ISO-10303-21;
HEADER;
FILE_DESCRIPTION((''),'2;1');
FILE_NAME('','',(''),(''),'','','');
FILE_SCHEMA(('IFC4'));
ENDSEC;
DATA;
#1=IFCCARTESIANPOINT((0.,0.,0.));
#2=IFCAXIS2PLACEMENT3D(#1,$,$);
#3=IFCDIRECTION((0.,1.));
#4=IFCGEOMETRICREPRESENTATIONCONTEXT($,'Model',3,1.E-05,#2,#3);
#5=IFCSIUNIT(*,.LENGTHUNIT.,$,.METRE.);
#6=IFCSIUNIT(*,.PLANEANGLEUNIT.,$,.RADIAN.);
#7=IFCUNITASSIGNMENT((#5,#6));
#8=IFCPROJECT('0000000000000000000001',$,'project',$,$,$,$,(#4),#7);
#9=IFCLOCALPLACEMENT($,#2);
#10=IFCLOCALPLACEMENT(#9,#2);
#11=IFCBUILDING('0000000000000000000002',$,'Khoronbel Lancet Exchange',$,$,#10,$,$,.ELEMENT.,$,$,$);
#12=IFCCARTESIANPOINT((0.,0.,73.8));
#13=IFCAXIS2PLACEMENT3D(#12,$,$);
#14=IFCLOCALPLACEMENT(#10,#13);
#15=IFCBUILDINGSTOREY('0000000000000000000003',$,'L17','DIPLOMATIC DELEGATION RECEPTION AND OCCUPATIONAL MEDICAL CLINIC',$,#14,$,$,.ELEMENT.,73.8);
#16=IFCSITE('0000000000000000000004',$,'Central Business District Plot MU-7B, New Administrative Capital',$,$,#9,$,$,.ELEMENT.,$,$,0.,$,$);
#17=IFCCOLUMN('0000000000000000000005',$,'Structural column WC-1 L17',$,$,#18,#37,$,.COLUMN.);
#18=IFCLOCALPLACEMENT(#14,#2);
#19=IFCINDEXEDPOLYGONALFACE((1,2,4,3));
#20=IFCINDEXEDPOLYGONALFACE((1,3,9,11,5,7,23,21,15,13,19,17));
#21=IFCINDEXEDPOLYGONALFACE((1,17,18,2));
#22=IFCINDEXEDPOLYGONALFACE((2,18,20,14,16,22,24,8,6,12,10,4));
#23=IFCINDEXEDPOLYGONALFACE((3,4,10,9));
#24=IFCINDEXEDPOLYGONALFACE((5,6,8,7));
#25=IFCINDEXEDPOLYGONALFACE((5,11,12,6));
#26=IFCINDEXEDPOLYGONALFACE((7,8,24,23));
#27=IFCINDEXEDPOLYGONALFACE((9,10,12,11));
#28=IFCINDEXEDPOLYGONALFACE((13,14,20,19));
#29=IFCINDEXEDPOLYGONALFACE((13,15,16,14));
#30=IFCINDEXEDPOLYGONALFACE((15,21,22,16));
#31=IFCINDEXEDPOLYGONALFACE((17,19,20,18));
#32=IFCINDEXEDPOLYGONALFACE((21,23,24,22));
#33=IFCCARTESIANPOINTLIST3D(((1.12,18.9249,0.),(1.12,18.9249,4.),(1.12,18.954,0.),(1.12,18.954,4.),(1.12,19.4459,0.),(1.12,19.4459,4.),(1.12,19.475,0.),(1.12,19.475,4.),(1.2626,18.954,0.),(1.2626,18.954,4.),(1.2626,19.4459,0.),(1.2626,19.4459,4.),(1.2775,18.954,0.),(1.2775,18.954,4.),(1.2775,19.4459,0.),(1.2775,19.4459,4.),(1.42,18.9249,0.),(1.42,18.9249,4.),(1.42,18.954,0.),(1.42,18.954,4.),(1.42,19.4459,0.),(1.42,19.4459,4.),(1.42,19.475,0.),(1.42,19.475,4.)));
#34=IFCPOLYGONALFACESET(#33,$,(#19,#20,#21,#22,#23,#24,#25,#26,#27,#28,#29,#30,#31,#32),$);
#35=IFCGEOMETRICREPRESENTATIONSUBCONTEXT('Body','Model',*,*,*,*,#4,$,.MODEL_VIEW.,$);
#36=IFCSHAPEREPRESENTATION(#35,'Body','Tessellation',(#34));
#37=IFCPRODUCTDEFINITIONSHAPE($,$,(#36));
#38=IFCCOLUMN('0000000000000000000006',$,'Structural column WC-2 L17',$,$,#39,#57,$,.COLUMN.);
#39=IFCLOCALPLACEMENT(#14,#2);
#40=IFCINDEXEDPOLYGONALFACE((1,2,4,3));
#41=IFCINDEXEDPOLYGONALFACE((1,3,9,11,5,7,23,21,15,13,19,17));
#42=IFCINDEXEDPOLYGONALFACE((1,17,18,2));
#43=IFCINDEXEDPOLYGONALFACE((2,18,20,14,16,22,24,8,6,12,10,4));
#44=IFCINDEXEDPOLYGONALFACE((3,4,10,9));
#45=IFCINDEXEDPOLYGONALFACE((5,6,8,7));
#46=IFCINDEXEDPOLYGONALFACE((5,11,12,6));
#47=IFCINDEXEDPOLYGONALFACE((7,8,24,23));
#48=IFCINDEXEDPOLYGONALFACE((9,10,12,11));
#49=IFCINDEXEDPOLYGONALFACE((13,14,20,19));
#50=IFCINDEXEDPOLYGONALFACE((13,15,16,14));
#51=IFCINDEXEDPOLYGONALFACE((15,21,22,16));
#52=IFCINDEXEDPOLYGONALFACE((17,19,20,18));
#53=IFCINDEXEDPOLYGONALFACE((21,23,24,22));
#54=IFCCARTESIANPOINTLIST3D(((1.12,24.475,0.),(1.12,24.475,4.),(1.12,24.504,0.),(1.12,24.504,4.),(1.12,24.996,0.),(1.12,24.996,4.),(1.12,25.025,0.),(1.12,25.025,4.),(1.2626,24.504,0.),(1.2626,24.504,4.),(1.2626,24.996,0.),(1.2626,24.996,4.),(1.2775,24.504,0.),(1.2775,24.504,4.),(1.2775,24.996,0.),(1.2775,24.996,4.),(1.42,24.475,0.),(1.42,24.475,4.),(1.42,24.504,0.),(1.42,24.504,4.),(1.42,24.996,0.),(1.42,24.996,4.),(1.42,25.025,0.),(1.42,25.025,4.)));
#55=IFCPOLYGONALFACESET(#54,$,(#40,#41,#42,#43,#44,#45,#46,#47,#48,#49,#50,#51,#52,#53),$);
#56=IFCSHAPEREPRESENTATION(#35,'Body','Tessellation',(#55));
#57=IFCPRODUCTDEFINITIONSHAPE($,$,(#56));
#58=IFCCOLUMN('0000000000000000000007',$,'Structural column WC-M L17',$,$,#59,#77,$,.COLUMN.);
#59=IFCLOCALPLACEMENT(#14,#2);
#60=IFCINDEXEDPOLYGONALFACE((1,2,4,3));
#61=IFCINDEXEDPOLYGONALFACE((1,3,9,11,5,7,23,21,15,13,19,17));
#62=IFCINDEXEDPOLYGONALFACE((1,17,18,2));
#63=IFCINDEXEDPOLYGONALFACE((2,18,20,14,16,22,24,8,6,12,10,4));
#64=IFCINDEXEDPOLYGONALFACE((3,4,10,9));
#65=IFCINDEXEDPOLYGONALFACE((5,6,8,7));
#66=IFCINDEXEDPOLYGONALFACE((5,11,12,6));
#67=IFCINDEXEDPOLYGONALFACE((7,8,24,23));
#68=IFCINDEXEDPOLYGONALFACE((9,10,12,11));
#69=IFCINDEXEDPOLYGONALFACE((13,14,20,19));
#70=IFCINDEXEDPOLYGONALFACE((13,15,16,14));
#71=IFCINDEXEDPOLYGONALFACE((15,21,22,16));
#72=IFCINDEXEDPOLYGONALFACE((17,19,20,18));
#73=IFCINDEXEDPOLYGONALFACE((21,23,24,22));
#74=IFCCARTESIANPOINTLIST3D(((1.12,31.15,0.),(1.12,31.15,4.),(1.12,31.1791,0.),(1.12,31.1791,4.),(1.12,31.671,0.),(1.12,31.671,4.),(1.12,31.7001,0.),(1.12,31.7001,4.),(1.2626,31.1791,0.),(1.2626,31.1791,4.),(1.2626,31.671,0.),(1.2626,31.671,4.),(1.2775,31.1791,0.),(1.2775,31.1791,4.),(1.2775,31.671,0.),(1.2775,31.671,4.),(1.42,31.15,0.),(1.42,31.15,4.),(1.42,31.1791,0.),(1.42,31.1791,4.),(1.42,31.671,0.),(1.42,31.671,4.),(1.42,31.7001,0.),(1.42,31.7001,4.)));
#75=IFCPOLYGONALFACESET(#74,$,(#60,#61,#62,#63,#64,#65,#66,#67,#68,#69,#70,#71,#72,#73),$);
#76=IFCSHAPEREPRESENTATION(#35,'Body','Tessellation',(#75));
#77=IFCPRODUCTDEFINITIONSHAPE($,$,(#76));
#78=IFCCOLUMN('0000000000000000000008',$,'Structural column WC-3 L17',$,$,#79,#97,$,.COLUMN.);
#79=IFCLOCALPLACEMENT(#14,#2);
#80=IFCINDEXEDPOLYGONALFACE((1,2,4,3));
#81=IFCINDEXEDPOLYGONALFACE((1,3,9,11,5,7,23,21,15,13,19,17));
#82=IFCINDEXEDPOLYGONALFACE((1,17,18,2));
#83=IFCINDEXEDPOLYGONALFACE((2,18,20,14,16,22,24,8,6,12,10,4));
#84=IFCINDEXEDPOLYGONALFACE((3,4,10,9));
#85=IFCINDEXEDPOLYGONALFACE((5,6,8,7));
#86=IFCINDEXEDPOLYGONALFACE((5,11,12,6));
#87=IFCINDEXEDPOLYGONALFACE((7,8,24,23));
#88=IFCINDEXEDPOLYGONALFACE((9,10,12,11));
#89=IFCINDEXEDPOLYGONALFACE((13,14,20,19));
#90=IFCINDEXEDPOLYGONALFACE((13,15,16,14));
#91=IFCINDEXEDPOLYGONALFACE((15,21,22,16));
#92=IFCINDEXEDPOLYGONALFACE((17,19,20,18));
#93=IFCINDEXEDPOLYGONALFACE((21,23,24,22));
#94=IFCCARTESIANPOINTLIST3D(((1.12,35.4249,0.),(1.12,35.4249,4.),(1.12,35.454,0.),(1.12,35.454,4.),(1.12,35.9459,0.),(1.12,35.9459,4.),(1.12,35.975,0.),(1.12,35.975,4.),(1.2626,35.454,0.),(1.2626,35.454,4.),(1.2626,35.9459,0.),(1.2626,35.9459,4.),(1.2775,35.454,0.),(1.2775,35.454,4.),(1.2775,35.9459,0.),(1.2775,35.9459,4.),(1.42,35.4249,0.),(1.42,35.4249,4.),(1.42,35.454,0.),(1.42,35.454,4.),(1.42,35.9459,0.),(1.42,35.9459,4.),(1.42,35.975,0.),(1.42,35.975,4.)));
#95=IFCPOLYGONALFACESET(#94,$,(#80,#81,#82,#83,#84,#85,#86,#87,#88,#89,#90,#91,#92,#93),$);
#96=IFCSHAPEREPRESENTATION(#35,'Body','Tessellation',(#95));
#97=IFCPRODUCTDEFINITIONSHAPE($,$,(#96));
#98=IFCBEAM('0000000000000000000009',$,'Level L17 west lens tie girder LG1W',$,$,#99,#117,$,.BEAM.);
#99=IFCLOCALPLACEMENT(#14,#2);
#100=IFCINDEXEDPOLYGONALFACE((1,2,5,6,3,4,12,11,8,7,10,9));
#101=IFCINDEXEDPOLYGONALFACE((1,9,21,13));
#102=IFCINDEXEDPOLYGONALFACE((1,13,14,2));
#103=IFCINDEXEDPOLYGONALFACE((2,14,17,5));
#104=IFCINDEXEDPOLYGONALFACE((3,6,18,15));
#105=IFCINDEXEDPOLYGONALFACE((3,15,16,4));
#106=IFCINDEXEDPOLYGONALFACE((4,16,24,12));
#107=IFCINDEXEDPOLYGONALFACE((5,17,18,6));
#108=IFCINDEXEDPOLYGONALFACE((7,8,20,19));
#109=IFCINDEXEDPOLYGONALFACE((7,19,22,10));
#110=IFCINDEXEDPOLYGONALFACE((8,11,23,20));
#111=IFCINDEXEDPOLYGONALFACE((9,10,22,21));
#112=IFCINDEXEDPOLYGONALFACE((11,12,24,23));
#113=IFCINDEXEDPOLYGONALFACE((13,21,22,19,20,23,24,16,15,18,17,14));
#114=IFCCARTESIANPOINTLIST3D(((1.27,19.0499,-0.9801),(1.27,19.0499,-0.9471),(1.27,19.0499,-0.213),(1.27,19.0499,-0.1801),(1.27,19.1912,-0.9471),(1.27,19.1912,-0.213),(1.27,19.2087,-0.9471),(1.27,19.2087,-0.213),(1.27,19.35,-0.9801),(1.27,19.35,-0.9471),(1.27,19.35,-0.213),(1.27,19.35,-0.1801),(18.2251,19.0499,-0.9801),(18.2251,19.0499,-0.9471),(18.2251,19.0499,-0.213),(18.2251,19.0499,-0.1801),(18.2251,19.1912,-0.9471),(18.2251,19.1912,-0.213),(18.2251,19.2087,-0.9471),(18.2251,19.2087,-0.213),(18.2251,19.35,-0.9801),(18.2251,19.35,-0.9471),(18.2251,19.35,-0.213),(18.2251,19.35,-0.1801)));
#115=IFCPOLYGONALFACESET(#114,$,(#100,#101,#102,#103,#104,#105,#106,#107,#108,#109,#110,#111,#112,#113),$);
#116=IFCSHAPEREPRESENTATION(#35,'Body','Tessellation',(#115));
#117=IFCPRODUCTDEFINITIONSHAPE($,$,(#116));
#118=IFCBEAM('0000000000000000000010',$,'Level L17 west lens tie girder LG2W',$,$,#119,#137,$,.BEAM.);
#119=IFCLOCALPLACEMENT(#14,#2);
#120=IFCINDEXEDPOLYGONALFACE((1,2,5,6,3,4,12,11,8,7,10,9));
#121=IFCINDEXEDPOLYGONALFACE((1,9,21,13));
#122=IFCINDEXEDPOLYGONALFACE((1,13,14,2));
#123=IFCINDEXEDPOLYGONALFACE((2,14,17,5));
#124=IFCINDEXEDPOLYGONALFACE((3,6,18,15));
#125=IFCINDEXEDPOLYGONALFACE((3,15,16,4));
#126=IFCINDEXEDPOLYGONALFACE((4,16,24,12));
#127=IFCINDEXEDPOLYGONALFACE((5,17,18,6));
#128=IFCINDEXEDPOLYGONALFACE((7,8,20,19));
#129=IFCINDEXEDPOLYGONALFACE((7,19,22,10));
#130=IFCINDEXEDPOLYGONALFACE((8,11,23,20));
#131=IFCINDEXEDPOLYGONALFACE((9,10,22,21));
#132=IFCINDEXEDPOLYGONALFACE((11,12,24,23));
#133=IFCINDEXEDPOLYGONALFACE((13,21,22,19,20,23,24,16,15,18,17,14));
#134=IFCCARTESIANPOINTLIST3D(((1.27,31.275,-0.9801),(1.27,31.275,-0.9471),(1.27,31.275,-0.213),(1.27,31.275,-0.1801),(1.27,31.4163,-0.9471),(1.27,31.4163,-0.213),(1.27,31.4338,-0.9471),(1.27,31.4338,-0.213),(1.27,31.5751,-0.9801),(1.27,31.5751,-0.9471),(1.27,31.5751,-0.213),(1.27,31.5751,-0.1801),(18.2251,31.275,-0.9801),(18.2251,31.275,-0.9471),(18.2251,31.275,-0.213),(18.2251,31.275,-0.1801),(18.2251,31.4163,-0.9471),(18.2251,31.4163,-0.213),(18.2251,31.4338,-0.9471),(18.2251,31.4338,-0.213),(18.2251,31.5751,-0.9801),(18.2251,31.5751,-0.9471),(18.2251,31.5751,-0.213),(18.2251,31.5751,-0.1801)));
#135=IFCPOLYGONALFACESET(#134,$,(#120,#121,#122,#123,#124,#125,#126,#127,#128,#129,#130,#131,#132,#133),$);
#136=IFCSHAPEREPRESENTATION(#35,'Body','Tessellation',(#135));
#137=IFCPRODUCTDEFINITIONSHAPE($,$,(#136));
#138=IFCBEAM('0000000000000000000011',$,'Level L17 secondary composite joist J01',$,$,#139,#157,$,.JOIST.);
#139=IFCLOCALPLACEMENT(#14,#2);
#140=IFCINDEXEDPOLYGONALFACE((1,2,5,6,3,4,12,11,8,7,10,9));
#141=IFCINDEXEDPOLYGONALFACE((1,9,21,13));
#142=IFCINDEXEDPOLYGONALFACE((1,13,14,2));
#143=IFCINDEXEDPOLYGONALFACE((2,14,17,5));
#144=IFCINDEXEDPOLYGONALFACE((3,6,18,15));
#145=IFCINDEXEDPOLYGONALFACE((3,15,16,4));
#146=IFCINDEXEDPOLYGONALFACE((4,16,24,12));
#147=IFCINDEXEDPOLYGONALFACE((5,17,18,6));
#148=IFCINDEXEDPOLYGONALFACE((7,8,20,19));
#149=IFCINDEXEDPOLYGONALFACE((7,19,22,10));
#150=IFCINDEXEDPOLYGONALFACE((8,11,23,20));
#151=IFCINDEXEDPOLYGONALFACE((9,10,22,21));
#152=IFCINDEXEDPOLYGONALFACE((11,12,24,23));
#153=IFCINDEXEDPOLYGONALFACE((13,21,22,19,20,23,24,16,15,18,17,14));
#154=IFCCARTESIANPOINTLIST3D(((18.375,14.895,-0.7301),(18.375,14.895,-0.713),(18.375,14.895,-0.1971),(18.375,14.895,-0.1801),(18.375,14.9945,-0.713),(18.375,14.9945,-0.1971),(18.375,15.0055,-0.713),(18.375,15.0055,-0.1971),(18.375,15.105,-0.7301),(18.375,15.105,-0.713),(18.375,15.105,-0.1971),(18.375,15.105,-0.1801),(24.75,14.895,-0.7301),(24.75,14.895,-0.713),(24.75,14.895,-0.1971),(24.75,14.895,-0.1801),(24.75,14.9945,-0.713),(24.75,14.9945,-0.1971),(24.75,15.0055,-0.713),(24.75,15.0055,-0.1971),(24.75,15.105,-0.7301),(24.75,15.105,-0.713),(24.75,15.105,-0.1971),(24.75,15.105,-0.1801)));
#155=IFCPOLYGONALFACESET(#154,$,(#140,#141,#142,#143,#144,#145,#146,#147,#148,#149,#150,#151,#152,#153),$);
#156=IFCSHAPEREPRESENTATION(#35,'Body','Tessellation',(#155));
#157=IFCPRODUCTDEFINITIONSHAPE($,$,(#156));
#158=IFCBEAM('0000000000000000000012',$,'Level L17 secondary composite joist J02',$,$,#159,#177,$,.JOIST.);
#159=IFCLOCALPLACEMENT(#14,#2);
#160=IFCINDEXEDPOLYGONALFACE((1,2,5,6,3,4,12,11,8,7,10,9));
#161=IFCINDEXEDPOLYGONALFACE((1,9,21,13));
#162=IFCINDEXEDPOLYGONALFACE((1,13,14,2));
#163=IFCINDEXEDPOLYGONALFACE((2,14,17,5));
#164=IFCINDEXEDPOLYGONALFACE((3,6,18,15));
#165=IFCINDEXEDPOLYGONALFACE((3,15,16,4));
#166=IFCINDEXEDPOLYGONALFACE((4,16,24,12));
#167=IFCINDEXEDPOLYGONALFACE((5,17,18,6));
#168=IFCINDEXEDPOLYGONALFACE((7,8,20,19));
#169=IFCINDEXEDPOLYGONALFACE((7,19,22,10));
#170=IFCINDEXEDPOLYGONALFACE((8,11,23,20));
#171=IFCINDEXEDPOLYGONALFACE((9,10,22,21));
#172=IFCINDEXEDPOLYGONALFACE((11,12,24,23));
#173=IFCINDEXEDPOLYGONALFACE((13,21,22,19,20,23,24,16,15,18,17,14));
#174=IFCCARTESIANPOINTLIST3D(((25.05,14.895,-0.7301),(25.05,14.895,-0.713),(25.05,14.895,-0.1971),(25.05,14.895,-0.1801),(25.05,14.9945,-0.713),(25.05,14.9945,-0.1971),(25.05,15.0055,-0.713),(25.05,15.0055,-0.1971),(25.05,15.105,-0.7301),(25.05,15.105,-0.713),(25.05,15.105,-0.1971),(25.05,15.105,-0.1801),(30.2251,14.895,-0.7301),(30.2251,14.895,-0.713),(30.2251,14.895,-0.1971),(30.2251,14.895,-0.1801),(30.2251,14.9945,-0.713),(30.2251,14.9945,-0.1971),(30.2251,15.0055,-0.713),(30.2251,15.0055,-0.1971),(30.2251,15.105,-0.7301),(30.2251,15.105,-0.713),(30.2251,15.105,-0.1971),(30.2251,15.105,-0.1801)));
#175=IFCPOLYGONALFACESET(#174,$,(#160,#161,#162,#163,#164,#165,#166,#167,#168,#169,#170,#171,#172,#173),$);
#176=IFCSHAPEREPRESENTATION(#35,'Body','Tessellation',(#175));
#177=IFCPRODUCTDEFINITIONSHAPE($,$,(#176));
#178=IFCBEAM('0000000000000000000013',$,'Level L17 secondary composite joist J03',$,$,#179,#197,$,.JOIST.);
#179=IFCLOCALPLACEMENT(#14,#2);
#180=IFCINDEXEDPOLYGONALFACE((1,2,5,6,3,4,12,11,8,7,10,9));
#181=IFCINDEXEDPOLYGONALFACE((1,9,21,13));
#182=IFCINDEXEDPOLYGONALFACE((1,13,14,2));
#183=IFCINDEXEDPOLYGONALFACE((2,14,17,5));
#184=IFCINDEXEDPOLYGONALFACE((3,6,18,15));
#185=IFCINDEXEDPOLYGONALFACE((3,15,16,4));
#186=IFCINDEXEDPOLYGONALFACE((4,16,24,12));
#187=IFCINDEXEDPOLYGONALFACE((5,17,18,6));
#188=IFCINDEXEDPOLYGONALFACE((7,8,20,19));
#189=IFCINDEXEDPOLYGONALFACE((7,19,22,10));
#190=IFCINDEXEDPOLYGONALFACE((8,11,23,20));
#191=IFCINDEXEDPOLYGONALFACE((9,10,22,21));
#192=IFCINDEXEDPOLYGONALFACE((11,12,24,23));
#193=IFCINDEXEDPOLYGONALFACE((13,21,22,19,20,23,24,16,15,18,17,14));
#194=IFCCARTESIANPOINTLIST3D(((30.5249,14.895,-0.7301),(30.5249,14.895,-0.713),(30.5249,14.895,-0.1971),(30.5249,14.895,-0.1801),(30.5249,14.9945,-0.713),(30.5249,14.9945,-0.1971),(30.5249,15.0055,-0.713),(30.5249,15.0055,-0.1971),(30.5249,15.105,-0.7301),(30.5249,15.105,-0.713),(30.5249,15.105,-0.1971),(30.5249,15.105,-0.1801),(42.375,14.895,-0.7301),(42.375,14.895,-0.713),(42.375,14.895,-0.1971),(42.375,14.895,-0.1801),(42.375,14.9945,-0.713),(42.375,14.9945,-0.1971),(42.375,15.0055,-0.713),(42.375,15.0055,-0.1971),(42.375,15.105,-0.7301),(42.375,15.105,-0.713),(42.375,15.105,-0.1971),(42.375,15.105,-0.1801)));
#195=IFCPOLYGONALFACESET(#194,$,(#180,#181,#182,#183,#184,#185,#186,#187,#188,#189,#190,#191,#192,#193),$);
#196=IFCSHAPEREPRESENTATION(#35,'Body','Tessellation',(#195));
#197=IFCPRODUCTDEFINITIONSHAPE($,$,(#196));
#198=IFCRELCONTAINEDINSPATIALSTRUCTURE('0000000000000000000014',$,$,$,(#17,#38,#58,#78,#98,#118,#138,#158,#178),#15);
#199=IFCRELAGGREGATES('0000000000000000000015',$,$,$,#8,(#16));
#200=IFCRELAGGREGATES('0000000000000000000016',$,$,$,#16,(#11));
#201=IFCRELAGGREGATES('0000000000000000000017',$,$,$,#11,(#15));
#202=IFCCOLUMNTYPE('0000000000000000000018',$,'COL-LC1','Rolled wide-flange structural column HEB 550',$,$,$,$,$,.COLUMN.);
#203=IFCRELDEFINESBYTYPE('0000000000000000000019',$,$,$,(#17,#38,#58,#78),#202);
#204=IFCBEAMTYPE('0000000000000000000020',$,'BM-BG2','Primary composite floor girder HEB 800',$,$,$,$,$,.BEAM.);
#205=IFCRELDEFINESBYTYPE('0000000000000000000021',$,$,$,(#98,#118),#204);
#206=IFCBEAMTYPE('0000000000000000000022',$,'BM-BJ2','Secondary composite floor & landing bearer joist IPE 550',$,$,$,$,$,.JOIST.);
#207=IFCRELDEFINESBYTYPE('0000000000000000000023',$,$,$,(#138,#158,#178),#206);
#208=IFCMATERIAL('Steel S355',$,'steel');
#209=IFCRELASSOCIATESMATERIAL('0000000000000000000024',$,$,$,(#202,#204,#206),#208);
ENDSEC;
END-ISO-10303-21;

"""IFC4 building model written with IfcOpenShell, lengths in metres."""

from ifc_helpers import new_model, si_unit, direction, frame, origin, origin_2d, place, context, subcontext, project, spatial, i_section, extrude, material, material_profile, profile_set, type_object, element, save


model = new_model("IFC4")

# Units and contexts
model_context = context("Model", 3, precision=1e-05, world=origin(), true_north=direction((0.0, 1.0)))
body_context = subcontext(model_context, "Body", "Model", "MODEL_VIEW")
ifc_project = project(units=[si_unit("LENGTHUNIT", "METRE"), si_unit("PLANEANGLEUNIT", "RADIAN")], contexts=[model_context])

# Site, building, storey
site_placement = place(None, origin())
site = spatial("IfcSite", under=ifc_project, at=site_placement, Name="Central Business District Plot MU-7B, New Administrative Capital", CompositionType="ELEMENT", RefElevation=0.0)
building_placement = place(site_placement, origin())
building = spatial("IfcBuilding", under=site, at=building_placement, Name="Khoronbel Lancet Exchange", CompositionType="ELEMENT")
storey_placement = place(building_placement, frame((0.0, 0.0, 73.8)))
storey = spatial("IfcBuildingStorey", under=building, at=storey_placement, Name="L17", Description="DIPLOMATIC DELEGATION RECEPTION AND OCCUPATIONAL MEDICAL CLINIC", CompositionType="ELEMENT", Elevation=73.8)

# Columns
ifc_material_1 = material(Name="Steel S355", Category="steel")
ifc_material_profile_1 = material_profile(ifc_material_1, i_section(OverallWidth=0.3, OverallDepth=0.55, WebThickness=0.0149, FlangeThickness=0.0291, at=origin_2d()), Name="HEB 550")
ifc_profile_set_1 = profile_set([ifc_material_profile_1], Name="Steel S355")
column_type = type_object("IfcColumnType", Name="COL-LC1", Description="Rolled wide-flange structural column HEB 550", PredefinedType="COLUMN", material=ifc_profile_set_1)
for number, where, z_axis, x_axis, name in (
    (1, (1.27, 19.2, 0.0), (0.0, 0.0, 1.0), (1.0, 0.0, 0.0), "Structural column WC-1 L17"),
    (2, (1.27, 24.75, 0.0), (0.0, 0.0, 1.0), (1.0, 0.0, 0.0), "Structural column WC-2 L17"),
    (3, (1.27, 31.425, 0.0), (0.0, 0.0, 1.0), (1.0, 0.0, 0.0), "Structural column WC-M L17"),
    (4, (1.27, 35.7, 0.0), (0.0, 0.0, 1.0), (1.0, 0.0, 0.0), "Structural column WC-3 L17"),
):
    element("IfcColumn", number, at=place(storey_placement, frame(where, z_axis=z_axis, x_axis=x_axis)), inside=storey, type_object=column_type, Name=name, PredefinedType="COLUMN", context=body_context, shape_type="SweptSolid", body=[
        extrude(i_section(OverallWidth=0.3, OverallDepth=0.55, WebThickness=0.0149, FlangeThickness=0.0291, at=origin_2d()), origin(), (0.0, 0.0, 1.0), 4.0),
    ])

# Beams
ifc_material_profile_2 = material_profile(ifc_material_1, i_section(OverallWidth=0.3, OverallDepth=0.8, WebThickness=0.0176, FlangeThickness=0.033, at=origin_2d()), Name="HEB 800")
ifc_profile_set_2 = profile_set([ifc_material_profile_2], Name="Steel S355")
beam_type_1 = type_object("IfcBeamType", Name="BM-BG2", Description="Primary composite floor girder HEB 800", PredefinedType="BEAM", material=ifc_profile_set_2)
for number, where, z_axis, x_axis, name in (
    (5, (1.27, 19.2, -0.5801), (1.0, 0.0, 0.0), (0.0, 1.0, 0.0), "Level L17 west lens tie girder LG1W"),
    (6, (1.27, 31.425, -0.5801), (1.0, 0.0, 0.0), (0.0, 1.0, 0.0), "Level L17 west lens tie girder LG2W"),
):
    element("IfcBeam", number, at=place(storey_placement, frame(where, z_axis=z_axis, x_axis=x_axis)), inside=storey, type_object=beam_type_1, Name=name, PredefinedType="BEAM", context=body_context, shape_type="SweptSolid", body=[
        extrude(i_section(OverallWidth=0.3, OverallDepth=0.8, WebThickness=0.0176, FlangeThickness=0.033, at=origin_2d()), origin(), (0.0, 0.0, 1.0), 16.9551),
    ])
ifc_material_profile_3 = material_profile(ifc_material_1, i_section(OverallWidth=0.21, OverallDepth=0.55, WebThickness=0.011, FlangeThickness=0.0171, at=origin_2d()), Name="IPE 550")
ifc_profile_set_3 = profile_set([ifc_material_profile_3], Name="Steel S355")
beam_type_2 = type_object("IfcBeamType", Name="BM-BJ2", Description="Secondary composite floor & landing bearer joist IPE 550", PredefinedType="JOIST", material=ifc_profile_set_3)
beam_1_placement = place(storey_placement, frame((18.375, 15.0, -0.4551), z_axis=(1.0, 0.0, 0.0), x_axis=(0.0, 1.0, 0.0)))
element("IfcBeam", 7, at=beam_1_placement, inside=storey, type_object=beam_type_2, Name="Level L17 secondary composite joist J01", PredefinedType="JOIST", context=body_context, shape_type="SweptSolid", body=[
    extrude(i_section(OverallWidth=0.21, OverallDepth=0.55, WebThickness=0.011, FlangeThickness=0.0171, at=origin_2d()), origin(), (0.0, 0.0, 1.0), 6.375),
])
beam_2_placement = place(storey_placement, frame((25.05, 15.0, -0.4551), z_axis=(1.0, 0.0, 0.0), x_axis=(0.0, 1.0, 0.0)))
element("IfcBeam", 8, at=beam_2_placement, inside=storey, type_object=beam_type_2, Name="Level L17 secondary composite joist J02", PredefinedType="JOIST", context=body_context, shape_type="SweptSolid", body=[
    extrude(i_section(OverallWidth=0.21, OverallDepth=0.55, WebThickness=0.011, FlangeThickness=0.0171, at=origin_2d()), origin(), (0.0, 0.0, 1.0), 5.175),
])
beam_3_placement = place(storey_placement, frame((30.5249, 15.0, -0.4551), z_axis=(1.0, 0.0, 0.0), x_axis=(0.0, 1.0, 0.0)))
element("IfcBeam", 9, at=beam_3_placement, inside=storey, type_object=beam_type_2, Name="Level L17 secondary composite joist J03", PredefinedType="JOIST", context=body_context, shape_type="SweptSolid", body=[
    extrude(i_section(OverallWidth=0.21, OverallDepth=0.55, WebThickness=0.011, FlangeThickness=0.0171, at=origin_2d()), origin(), (0.0, 0.0, 1.0), 11.8501),
])

save(model, "model.ifc")
